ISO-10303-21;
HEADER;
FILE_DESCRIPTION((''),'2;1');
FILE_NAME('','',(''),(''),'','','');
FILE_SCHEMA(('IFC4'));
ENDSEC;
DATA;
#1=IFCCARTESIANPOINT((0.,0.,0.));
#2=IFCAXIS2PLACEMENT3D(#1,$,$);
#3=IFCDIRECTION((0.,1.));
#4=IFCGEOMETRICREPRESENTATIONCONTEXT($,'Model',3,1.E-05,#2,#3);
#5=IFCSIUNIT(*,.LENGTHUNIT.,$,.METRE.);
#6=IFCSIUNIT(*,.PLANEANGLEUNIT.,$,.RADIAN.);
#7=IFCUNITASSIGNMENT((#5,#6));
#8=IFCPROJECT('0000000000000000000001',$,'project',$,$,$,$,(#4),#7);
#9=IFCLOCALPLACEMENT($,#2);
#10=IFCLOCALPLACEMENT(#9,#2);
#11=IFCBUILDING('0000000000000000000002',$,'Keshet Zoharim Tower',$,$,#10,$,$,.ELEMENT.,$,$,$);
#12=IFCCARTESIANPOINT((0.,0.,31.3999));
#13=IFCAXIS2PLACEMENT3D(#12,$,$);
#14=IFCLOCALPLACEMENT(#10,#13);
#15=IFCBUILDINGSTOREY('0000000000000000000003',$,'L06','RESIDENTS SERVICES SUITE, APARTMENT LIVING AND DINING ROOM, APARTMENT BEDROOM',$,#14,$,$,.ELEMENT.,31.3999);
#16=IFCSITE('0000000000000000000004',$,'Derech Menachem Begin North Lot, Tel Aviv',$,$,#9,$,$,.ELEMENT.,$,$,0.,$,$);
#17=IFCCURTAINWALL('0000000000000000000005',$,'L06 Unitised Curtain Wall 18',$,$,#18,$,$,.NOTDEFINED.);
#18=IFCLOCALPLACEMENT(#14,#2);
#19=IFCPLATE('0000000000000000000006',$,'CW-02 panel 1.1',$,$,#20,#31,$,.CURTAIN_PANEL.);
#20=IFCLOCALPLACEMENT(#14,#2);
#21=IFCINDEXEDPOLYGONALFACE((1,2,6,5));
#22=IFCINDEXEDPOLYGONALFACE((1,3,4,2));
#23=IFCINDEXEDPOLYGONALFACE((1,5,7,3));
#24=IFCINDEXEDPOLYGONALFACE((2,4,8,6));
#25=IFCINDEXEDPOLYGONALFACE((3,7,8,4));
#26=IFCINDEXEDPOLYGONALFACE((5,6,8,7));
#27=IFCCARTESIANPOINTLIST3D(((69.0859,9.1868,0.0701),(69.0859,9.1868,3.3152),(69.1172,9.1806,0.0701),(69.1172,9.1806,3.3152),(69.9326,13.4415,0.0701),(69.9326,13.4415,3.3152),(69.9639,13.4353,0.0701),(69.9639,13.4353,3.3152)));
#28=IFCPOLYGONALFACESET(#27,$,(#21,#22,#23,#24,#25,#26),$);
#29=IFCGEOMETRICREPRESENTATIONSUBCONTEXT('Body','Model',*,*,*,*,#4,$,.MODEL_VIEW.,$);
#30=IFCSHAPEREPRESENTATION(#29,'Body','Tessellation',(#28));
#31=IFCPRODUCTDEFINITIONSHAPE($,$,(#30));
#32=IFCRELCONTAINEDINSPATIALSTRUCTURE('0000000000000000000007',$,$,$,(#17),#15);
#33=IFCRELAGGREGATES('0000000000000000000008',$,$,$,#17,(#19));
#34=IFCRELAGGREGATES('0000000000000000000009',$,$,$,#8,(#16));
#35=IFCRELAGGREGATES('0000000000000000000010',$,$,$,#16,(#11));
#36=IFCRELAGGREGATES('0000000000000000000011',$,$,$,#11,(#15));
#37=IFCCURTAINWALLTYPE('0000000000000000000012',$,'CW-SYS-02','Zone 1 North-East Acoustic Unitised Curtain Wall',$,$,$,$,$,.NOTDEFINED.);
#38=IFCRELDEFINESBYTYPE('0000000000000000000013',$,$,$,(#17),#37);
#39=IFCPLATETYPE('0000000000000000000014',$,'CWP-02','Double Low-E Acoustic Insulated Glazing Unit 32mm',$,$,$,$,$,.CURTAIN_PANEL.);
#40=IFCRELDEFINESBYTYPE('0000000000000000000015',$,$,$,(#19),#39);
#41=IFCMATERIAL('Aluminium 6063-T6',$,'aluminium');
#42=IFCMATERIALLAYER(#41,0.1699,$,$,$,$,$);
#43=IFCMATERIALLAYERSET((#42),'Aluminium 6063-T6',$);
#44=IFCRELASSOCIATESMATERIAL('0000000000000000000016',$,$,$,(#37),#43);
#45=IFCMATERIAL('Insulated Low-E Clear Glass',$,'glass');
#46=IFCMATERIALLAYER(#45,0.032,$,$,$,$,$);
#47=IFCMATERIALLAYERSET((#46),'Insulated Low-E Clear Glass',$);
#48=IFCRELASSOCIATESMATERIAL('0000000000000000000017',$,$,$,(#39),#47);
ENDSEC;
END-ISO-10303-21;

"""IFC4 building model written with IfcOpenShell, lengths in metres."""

from ifc_helpers import new_model, si_unit, direction, frame, origin, origin_2d, place, context, subcontext, project, spatial, rectangle, extrude, material, layer, layer_set, type_object, element, aggregate, save


model = new_model("IFC4")

# Units and contexts
model_context = context("Model", 3, precision=1e-05, world=origin(), true_north=direction((0.0, 1.0)))
body_context = subcontext(model_context, "Body", "Model", "MODEL_VIEW")
ifc_project = project(units=[si_unit("LENGTHUNIT", "METRE"), si_unit("PLANEANGLEUNIT", "RADIAN")], contexts=[model_context])

# Site, building, storey
site_placement = place(None, origin())
site = spatial("IfcSite", under=ifc_project, at=site_placement, Name="Derech Menachem Begin North Lot, Tel Aviv", CompositionType="ELEMENT", RefElevation=0.0)
building_placement = place(site_placement, origin())
building = spatial("IfcBuilding", under=site, at=building_placement, Name="Keshet Zoharim Tower", CompositionType="ELEMENT")
storey_placement = place(building_placement, frame((0.0, 0.0, 31.3999)))
storey = spatial("IfcBuildingStorey", under=building, at=storey_placement, Name="L06", Description="RESIDENTS SERVICES SUITE, APARTMENT LIVING AND DINING ROOM, APARTMENT BEDROOM", CompositionType="ELEMENT", Elevation=31.3999)

# Shared definitions
ifc_material_1 = material(Name="Aluminium 6063-T6", Category="aluminium")
ifc_layer_1 = layer(ifc_material_1, 0.1699)
ifc_layer_set_1 = layer_set([ifc_layer_1], Name="Aluminium 6063-T6")
curtain_wall_type_1 = type_object("IfcCurtainWallType", Name="CW-SYS-02", Description="Zone 1 North-East Acoustic Unitised Curtain Wall", PredefinedType="NOTDEFINED", material=ifc_layer_set_1)

# Curtain wall
curtain_wall_1_placement = place(storey_placement, origin())
curtain_wall_1 = element("IfcCurtainWall", 1, at=curtain_wall_1_placement, inside=storey, type_object=curtain_wall_type_1, Name="L06 Unitised Curtain Wall 18", PredefinedType="NOTDEFINED")

# Plate
ifc_material_2 = material(Name="Insulated Low-E Clear Glass", Category="glass")
ifc_layer_2 = layer(ifc_material_2, 0.032)
ifc_layer_set_2 = layer_set([ifc_layer_2], Name="Insulated Low-E Clear Glass")
plate_type_1 = type_object("IfcPlateType", Name="CWP-02", Description="Double Low-E Acoustic Insulated Glazing Unit 32mm", PredefinedType="CURTAIN_PANEL", material=ifc_layer_set_2)
plate_1_placement = place(storey_placement, frame((69.5249, 11.311, 0.0701), z_axis=(0.0, 0.0, 1.0), x_axis=(-0.195171, -0.980769, 0.0)))
plate_1 = element("IfcPlate", 2, at=plate_1_placement, type_object=plate_type_1, Name="CW-02 panel 1.1", PredefinedType="CURTAIN_PANEL", context=body_context, shape_type="SweptSolid", body=[
    extrude(rectangle(XDim=4.3381, YDim=0.032, at=origin_2d()), origin(), (0.0, 0.0, 1.0), 3.2451),
])
aggregate(curtain_wall_1, [plate_1])

save(model, "model.ifc")
